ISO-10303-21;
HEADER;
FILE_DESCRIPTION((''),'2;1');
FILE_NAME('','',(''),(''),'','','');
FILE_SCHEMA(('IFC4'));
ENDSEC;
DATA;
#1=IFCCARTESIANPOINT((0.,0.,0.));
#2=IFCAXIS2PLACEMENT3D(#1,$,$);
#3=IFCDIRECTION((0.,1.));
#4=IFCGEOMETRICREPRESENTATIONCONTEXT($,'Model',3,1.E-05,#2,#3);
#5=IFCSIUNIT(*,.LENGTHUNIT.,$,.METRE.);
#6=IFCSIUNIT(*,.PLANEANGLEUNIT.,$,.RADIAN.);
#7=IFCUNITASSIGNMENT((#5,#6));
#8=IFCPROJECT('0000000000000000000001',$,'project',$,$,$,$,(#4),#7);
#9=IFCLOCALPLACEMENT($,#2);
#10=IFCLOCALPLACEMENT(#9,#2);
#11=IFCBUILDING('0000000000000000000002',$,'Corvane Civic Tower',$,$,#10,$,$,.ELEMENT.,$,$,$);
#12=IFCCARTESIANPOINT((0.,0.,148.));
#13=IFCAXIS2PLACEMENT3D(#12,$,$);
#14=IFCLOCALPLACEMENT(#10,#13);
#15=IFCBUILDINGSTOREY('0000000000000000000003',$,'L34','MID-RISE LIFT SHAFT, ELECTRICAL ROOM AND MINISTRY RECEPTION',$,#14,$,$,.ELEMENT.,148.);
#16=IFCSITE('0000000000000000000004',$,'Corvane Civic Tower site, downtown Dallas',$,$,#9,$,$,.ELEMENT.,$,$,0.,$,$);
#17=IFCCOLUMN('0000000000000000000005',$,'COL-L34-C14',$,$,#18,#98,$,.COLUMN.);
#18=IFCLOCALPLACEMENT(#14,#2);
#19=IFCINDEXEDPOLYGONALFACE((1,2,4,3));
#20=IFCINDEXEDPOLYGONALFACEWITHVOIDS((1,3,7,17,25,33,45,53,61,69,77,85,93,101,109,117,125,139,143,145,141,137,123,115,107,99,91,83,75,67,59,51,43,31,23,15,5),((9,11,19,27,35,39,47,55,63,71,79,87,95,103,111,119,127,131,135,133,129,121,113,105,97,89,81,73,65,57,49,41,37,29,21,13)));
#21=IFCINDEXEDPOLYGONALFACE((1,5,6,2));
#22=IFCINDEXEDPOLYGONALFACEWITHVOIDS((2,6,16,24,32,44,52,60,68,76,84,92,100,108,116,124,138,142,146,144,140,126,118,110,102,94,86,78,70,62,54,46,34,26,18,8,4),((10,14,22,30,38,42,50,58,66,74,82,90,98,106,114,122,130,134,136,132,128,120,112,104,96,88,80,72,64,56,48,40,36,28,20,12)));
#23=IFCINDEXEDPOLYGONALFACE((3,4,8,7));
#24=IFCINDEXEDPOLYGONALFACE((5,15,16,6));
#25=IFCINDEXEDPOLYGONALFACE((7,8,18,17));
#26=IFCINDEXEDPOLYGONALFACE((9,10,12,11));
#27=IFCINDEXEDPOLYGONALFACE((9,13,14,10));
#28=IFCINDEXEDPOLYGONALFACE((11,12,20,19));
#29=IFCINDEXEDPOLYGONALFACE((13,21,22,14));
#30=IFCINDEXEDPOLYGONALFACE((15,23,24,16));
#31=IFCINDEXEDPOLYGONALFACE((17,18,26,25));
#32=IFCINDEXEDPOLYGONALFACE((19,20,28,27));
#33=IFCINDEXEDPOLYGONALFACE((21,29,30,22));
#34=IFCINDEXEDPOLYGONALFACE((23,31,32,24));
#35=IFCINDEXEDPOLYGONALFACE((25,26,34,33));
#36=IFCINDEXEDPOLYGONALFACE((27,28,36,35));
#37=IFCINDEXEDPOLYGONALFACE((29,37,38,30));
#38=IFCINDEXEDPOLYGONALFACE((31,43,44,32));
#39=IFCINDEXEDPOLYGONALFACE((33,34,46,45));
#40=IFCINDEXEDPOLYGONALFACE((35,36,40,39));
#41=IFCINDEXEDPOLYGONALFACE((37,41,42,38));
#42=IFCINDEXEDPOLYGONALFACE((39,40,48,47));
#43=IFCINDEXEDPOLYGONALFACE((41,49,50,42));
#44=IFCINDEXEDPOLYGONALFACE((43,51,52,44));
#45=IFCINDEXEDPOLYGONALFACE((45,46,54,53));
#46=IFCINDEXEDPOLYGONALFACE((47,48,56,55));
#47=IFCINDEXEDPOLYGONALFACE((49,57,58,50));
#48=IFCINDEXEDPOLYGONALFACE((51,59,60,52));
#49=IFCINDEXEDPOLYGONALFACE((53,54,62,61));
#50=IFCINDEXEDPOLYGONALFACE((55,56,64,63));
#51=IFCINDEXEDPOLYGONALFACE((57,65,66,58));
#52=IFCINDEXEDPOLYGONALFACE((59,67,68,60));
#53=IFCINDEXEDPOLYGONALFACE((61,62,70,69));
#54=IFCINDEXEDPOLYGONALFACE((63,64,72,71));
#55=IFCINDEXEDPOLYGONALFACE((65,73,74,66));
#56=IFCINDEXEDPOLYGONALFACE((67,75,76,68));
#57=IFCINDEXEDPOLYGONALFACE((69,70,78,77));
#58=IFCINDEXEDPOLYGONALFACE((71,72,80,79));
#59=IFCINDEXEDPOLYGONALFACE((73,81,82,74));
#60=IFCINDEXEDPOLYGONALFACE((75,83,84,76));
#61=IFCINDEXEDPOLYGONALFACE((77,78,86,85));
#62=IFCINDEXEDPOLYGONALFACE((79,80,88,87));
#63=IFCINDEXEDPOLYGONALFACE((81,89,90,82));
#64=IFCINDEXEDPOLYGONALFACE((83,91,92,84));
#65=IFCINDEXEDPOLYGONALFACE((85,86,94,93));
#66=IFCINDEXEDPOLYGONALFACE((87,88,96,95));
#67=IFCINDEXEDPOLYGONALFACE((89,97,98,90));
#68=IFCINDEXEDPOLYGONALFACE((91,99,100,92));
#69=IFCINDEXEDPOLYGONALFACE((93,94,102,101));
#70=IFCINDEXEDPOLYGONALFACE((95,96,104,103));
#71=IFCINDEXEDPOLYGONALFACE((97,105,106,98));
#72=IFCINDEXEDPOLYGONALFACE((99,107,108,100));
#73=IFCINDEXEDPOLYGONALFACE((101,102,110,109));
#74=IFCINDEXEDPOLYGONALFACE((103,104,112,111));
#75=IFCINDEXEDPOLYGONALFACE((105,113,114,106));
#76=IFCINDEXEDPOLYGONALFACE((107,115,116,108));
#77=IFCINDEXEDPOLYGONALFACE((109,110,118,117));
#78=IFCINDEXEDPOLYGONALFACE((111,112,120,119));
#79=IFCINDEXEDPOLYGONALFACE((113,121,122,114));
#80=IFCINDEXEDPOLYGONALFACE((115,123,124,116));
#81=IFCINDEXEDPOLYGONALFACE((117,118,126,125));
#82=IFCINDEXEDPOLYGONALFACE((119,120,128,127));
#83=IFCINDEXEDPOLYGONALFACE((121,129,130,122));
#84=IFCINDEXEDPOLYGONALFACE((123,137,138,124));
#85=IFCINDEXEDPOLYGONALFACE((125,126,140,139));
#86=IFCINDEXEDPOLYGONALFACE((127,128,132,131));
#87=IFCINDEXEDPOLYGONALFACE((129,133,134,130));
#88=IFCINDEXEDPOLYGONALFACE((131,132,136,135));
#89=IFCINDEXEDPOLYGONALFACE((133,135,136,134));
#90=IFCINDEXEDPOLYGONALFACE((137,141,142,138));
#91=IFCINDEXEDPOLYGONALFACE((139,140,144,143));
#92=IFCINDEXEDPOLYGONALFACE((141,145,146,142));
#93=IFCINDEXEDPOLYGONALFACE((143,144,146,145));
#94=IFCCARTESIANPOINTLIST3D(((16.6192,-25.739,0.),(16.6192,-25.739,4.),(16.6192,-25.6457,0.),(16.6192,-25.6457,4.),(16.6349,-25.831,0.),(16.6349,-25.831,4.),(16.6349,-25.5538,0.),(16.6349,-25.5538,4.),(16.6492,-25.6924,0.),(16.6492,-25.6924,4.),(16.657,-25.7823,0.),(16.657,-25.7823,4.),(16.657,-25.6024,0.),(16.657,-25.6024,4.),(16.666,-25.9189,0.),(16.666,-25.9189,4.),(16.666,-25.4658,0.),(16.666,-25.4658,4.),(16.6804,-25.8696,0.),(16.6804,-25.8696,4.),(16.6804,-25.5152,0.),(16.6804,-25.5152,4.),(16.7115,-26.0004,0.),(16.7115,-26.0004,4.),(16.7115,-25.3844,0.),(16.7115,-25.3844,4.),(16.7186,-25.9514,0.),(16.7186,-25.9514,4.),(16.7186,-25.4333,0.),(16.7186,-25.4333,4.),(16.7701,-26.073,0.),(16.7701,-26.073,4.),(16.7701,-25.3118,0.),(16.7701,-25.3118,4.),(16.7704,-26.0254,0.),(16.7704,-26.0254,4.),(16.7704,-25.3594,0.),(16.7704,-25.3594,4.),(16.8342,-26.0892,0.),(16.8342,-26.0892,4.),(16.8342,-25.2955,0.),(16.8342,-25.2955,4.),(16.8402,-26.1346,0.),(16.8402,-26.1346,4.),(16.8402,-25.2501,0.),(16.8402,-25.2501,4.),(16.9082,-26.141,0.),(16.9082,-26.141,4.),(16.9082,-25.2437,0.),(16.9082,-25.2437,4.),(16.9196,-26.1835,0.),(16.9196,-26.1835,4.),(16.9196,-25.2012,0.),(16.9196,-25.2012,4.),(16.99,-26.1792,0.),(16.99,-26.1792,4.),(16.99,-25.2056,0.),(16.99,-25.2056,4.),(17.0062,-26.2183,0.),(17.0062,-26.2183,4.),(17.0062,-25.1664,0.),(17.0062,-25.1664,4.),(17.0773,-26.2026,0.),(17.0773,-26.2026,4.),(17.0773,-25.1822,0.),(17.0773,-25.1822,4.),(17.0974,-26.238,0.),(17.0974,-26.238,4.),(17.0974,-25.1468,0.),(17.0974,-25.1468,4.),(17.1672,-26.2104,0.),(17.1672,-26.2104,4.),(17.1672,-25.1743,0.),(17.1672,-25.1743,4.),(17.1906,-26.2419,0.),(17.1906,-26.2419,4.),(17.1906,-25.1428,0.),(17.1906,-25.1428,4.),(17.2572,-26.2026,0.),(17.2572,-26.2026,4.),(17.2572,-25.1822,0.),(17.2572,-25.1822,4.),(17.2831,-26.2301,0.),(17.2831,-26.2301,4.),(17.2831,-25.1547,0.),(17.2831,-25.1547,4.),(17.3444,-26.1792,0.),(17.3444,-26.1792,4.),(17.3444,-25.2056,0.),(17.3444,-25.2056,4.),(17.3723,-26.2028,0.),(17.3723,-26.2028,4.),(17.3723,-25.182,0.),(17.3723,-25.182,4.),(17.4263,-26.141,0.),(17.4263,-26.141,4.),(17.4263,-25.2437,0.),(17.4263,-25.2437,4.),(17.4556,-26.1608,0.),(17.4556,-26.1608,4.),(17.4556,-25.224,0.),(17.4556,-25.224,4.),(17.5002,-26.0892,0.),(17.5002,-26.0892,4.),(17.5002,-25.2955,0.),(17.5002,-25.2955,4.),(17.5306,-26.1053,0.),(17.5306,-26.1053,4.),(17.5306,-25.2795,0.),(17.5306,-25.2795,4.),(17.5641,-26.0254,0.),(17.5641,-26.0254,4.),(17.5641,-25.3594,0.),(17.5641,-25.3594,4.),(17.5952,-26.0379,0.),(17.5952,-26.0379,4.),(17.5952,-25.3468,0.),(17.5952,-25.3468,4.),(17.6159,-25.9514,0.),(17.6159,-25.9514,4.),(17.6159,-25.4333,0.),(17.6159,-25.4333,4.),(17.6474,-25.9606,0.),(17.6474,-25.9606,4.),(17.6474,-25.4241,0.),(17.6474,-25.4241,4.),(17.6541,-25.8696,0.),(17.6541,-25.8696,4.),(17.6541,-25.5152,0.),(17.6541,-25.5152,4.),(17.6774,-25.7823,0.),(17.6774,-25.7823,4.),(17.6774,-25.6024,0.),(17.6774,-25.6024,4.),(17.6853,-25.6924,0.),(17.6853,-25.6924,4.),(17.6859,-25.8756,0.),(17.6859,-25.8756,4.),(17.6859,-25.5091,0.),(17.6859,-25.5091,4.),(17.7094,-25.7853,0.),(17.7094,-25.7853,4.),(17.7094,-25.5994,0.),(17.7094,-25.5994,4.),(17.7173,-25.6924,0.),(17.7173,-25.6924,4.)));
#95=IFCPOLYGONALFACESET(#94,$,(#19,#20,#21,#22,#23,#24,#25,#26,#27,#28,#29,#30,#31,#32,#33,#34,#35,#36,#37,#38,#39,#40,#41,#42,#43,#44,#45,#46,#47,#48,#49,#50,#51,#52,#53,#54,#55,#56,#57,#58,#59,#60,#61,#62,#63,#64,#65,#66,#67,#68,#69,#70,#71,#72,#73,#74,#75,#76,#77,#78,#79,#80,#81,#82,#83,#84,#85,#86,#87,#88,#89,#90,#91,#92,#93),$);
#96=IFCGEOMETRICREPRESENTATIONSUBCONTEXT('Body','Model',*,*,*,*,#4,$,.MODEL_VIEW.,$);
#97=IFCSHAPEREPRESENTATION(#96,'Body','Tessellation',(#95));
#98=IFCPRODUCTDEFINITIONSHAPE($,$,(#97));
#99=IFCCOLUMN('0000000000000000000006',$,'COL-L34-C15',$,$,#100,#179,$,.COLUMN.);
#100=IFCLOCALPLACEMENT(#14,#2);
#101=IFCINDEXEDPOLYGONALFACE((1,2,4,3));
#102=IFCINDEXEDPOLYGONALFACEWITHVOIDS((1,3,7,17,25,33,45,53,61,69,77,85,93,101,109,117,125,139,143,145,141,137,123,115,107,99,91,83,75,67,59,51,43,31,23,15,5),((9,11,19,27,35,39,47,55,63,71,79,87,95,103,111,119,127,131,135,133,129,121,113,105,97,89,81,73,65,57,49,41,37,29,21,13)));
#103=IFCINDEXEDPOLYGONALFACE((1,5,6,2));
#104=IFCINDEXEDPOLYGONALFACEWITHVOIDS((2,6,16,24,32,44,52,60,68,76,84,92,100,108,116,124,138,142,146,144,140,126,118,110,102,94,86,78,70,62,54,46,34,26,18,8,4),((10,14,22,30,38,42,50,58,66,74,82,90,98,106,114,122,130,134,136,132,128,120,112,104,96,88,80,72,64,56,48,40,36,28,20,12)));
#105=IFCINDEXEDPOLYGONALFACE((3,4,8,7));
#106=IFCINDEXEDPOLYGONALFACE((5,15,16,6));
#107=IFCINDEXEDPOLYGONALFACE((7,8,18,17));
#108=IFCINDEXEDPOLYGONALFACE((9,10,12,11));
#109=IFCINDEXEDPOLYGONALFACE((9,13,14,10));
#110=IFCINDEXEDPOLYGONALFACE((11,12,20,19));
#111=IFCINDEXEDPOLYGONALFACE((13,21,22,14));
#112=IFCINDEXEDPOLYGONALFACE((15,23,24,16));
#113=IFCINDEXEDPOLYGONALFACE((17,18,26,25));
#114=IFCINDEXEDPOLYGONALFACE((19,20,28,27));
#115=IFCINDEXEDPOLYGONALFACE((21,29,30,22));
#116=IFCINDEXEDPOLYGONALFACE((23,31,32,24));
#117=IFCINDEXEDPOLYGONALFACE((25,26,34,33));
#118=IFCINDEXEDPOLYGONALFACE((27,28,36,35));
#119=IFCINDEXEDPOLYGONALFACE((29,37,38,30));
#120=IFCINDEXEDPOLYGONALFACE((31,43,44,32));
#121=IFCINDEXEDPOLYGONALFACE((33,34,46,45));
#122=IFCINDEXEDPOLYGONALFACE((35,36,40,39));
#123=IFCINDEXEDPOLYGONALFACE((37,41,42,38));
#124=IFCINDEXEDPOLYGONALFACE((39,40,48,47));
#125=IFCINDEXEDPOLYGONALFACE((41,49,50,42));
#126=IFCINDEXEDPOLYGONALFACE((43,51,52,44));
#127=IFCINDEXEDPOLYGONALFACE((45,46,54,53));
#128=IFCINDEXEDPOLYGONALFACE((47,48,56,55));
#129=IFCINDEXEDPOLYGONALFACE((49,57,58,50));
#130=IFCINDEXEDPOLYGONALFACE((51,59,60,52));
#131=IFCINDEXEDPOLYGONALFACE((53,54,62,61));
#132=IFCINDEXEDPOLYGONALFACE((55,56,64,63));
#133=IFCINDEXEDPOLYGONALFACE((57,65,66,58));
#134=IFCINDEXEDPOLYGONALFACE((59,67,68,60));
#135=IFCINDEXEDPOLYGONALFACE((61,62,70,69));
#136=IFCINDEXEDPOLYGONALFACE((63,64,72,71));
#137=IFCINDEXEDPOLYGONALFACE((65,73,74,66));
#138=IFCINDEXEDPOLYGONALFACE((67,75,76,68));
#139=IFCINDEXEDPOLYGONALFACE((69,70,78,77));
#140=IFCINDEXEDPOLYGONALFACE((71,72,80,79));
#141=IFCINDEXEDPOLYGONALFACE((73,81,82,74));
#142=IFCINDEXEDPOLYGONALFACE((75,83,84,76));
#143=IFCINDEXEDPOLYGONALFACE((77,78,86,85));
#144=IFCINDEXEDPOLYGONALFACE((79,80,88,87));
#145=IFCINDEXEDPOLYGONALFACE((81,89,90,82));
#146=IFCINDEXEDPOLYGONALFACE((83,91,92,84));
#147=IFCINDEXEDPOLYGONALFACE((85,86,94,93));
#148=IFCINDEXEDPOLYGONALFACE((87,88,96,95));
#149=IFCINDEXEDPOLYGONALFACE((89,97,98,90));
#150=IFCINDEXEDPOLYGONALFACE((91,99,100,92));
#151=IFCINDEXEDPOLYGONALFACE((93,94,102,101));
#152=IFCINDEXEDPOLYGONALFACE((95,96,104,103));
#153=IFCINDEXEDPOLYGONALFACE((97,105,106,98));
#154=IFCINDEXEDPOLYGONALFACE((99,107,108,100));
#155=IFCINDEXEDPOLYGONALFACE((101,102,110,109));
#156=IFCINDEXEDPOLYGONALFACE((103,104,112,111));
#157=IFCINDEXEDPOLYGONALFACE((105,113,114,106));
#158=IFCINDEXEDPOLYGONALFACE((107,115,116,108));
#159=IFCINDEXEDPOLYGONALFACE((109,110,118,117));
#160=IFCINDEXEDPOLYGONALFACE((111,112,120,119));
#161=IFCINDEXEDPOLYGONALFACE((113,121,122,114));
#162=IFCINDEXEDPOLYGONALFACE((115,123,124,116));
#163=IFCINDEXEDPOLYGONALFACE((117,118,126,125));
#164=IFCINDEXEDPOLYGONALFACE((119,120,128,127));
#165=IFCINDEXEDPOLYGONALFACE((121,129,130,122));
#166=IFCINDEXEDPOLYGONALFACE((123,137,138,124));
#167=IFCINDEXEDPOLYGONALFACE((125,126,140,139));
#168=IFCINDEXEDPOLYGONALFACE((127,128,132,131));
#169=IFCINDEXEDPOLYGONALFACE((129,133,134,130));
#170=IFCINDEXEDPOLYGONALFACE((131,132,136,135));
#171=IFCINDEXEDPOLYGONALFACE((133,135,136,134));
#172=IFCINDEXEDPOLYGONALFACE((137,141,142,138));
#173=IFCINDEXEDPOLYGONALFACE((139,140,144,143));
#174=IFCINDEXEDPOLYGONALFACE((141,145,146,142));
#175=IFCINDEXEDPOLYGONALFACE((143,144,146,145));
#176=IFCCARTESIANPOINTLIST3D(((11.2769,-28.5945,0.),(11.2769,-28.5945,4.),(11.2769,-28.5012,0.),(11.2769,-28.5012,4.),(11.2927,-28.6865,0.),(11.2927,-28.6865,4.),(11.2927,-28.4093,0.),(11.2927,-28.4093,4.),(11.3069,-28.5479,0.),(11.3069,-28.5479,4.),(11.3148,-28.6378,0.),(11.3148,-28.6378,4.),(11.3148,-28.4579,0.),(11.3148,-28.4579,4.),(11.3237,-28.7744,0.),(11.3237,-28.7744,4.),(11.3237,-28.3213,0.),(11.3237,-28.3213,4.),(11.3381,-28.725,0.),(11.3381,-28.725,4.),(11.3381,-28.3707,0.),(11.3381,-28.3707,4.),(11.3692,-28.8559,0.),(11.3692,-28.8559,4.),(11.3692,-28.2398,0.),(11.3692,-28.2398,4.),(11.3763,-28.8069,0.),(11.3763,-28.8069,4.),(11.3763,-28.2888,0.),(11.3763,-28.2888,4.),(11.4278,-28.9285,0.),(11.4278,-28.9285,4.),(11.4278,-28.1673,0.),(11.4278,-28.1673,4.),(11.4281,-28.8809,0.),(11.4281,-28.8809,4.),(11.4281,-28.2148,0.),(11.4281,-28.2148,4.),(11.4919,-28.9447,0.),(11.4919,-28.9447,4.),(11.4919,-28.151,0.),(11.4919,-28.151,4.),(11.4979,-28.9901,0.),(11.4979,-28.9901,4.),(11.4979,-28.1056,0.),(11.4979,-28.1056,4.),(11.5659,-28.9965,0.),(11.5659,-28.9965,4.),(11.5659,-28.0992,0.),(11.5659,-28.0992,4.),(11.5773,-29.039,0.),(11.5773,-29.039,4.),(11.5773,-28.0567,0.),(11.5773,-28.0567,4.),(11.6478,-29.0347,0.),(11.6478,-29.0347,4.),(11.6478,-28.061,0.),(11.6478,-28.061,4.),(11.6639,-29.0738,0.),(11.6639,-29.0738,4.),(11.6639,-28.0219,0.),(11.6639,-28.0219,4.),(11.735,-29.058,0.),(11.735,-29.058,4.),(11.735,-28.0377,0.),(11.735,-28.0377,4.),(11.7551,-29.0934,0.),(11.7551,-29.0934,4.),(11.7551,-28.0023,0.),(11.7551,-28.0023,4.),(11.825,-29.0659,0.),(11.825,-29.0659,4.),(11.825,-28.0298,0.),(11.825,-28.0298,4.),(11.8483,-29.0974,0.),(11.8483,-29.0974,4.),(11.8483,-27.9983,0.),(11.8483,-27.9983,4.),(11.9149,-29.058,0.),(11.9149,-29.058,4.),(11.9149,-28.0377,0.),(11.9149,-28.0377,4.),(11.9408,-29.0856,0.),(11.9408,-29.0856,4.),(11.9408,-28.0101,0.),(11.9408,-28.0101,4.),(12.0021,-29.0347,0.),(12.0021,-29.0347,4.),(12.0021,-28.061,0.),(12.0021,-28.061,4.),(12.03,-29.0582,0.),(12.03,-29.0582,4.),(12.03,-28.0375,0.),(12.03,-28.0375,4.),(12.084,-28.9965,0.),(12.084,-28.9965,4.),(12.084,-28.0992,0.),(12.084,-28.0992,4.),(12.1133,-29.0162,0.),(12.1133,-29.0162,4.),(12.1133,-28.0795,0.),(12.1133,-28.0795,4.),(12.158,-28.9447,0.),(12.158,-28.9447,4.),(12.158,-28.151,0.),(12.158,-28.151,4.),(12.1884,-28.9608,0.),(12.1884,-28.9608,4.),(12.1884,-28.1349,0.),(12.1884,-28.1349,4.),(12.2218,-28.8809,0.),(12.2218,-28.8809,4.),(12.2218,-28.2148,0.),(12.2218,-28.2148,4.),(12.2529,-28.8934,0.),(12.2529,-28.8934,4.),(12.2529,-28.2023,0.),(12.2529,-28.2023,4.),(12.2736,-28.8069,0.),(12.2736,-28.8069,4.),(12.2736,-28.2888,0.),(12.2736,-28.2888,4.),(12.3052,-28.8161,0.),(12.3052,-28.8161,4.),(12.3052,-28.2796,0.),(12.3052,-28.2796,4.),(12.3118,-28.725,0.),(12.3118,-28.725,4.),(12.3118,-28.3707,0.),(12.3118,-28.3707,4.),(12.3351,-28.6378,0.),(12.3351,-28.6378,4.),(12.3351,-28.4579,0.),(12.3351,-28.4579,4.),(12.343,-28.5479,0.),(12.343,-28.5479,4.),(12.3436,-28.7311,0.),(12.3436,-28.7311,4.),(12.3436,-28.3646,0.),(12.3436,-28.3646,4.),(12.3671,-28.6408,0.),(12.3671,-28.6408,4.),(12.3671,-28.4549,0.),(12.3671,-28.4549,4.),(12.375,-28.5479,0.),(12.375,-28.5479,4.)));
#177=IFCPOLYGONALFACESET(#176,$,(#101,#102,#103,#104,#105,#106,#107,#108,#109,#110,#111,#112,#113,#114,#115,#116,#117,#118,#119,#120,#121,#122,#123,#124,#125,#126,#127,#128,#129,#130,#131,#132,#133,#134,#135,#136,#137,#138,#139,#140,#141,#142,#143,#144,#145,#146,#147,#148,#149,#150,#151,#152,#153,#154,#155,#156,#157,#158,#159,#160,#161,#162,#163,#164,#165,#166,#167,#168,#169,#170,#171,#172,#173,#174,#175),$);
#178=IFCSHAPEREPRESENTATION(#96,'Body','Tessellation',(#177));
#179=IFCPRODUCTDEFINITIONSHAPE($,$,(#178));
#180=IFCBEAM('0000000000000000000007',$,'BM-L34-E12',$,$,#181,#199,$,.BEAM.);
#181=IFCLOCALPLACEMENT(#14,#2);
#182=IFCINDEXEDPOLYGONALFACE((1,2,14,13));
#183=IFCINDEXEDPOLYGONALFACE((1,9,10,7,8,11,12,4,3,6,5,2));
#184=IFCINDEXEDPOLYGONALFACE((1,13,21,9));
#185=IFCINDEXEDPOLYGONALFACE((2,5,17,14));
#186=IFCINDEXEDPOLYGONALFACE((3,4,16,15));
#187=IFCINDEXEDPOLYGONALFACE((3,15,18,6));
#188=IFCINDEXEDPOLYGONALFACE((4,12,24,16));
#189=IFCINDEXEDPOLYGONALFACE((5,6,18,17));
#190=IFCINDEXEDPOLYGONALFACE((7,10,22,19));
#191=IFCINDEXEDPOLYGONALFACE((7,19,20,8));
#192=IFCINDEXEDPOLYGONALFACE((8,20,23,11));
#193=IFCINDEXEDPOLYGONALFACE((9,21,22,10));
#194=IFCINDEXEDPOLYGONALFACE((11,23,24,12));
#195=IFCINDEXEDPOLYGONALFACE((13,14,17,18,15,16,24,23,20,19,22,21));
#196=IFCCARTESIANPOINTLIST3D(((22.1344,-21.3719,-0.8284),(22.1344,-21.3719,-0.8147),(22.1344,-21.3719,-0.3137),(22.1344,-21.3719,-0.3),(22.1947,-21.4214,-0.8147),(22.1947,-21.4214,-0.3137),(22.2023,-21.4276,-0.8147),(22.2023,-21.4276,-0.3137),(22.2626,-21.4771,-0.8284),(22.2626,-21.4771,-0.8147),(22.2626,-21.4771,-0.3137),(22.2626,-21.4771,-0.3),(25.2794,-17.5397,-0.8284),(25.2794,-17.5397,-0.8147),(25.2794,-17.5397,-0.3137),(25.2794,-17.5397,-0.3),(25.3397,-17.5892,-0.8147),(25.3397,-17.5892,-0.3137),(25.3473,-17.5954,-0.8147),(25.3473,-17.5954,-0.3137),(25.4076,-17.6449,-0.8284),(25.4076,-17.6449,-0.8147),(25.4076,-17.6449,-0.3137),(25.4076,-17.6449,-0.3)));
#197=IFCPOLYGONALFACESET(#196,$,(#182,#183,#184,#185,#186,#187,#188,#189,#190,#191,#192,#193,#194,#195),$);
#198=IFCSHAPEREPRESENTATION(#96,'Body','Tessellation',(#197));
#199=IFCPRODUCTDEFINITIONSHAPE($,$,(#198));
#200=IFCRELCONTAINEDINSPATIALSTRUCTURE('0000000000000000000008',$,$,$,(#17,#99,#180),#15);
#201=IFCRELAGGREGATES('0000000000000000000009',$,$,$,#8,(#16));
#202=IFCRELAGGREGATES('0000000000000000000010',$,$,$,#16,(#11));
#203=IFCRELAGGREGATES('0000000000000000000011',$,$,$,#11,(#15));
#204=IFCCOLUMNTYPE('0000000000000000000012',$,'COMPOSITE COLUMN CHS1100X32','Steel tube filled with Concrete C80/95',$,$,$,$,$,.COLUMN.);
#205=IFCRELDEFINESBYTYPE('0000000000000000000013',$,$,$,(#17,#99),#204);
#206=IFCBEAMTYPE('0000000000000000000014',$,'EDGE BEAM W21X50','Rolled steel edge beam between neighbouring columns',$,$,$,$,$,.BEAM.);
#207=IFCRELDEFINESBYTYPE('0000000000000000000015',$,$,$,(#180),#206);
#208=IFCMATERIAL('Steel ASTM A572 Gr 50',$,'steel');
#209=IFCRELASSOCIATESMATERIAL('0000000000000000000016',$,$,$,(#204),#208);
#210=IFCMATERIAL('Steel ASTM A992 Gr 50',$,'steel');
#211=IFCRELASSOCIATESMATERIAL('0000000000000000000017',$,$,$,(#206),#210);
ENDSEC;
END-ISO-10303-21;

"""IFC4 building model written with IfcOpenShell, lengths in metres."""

from ifc_helpers import new_model, si_unit, direction, frame, origin, origin_2d, place, context, subcontext, project, spatial, hollow_circle, i_section, extrude, material, material_profile, profile_set, type_object, element, save


model = new_model("IFC4")

# Units and contexts
model_context = context("Model", 3, precision=1e-05, world=origin(), true_north=direction((0.0, 1.0)))
body_context = subcontext(model_context, "Body", "Model", "MODEL_VIEW")
ifc_project = project(units=[si_unit("LENGTHUNIT", "METRE"), si_unit("PLANEANGLEUNIT", "RADIAN")], contexts=[model_context])

# Site, building, storey
site_placement = place(None, origin())
site = spatial("IfcSite", under=ifc_project, at=site_placement, Name="Corvane Civic Tower site, downtown Dallas", CompositionType="ELEMENT", RefElevation=0.0)
building_placement = place(site_placement, origin())
building = spatial("IfcBuilding", under=site, at=building_placement, Name="Corvane Civic Tower", CompositionType="ELEMENT")
storey_placement = place(building_placement, frame((0.0, 0.0, 148.0)))
storey = spatial("IfcBuildingStorey", under=building, at=storey_placement, Name="L34", Description="MID-RISE LIFT SHAFT, ELECTRICAL ROOM AND MINISTRY RECEPTION", CompositionType="ELEMENT", Elevation=148.0)

# Columns
ifc_material_1 = material(Name="Steel ASTM A572 Gr 50", Category="steel")
ifc_material_profile_1 = material_profile(ifc_material_1, hollow_circle(Radius=0.55, WallThickness=0.032, at=origin_2d()), Name="CHS1100X32")
ifc_profile_set_1 = profile_set([ifc_material_profile_1], Name="Steel ASTM A572 Gr 50")
column_type = type_object("IfcColumnType", Name="COMPOSITE COLUMN CHS1100X32", Description="Steel tube filled with Concrete C80/95", PredefinedType="COLUMN", material=ifc_profile_set_1)
for number, where, z_axis, x_axis, name in (
    (1, (17.1672, -25.6924, 0.0), (0.0, 0.0, 1.0), (1.0, 0.0, 0.0), "COL-L34-C14"),
    (2, (11.825, -28.5479, 0.0), (0.0, 0.0, 1.0), (1.0, 0.0, 0.0), "COL-L34-C15"),
):
    element("IfcColumn", number, at=place(storey_placement, frame(where, z_axis=z_axis, x_axis=x_axis)), inside=storey, type_object=column_type, Name=name, PredefinedType="COLUMN", context=body_context, shape_type="SweptSolid", body=[
        extrude(hollow_circle(Radius=0.55, WallThickness=0.032, at=origin_2d()), origin(), (0.0, 0.0, 1.0), 4.0),
    ])

# Beam
ifc_material_2 = material(Name="Steel ASTM A992 Gr 50", Category="steel")
ifc_material_profile_2 = material_profile(ifc_material_2, i_section(OverallWidth=0.1658, OverallDepth=0.5283, WebThickness=0.0098, FlangeThickness=0.0137, at=origin_2d()), Name="W21X50")
ifc_profile_set_2 = profile_set([ifc_material_profile_2], Name="Steel ASTM A992 Gr 50")
beam_type = type_object("IfcBeamType", Name="EDGE BEAM W21X50", Description="Rolled steel edge beam between neighbouring columns", PredefinedType="BEAM", material=ifc_profile_set_2)
for number, where, z_axis, x_axis, name in (
    (3, (25.3435, -17.5923, -0.5642), (-0.634388, -0.773015, 0.0), (0.773015, -0.634388, 0.0), "BM-L34-E12"),
):
    element("IfcBeam", number, at=place(storey_placement, frame(where, z_axis=z_axis, x_axis=x_axis)), inside=storey, type_object=beam_type, Name=name, PredefinedType="BEAM", context=body_context, shape_type="SweptSolid", body=[
        extrude(i_section(OverallWidth=0.1658, OverallDepth=0.5283, WebThickness=0.0098, FlangeThickness=0.0137, at=origin_2d()), origin(), (0.0, 0.0, 1.0), 4.9575),
    ])

save(model, "model.ifc")
